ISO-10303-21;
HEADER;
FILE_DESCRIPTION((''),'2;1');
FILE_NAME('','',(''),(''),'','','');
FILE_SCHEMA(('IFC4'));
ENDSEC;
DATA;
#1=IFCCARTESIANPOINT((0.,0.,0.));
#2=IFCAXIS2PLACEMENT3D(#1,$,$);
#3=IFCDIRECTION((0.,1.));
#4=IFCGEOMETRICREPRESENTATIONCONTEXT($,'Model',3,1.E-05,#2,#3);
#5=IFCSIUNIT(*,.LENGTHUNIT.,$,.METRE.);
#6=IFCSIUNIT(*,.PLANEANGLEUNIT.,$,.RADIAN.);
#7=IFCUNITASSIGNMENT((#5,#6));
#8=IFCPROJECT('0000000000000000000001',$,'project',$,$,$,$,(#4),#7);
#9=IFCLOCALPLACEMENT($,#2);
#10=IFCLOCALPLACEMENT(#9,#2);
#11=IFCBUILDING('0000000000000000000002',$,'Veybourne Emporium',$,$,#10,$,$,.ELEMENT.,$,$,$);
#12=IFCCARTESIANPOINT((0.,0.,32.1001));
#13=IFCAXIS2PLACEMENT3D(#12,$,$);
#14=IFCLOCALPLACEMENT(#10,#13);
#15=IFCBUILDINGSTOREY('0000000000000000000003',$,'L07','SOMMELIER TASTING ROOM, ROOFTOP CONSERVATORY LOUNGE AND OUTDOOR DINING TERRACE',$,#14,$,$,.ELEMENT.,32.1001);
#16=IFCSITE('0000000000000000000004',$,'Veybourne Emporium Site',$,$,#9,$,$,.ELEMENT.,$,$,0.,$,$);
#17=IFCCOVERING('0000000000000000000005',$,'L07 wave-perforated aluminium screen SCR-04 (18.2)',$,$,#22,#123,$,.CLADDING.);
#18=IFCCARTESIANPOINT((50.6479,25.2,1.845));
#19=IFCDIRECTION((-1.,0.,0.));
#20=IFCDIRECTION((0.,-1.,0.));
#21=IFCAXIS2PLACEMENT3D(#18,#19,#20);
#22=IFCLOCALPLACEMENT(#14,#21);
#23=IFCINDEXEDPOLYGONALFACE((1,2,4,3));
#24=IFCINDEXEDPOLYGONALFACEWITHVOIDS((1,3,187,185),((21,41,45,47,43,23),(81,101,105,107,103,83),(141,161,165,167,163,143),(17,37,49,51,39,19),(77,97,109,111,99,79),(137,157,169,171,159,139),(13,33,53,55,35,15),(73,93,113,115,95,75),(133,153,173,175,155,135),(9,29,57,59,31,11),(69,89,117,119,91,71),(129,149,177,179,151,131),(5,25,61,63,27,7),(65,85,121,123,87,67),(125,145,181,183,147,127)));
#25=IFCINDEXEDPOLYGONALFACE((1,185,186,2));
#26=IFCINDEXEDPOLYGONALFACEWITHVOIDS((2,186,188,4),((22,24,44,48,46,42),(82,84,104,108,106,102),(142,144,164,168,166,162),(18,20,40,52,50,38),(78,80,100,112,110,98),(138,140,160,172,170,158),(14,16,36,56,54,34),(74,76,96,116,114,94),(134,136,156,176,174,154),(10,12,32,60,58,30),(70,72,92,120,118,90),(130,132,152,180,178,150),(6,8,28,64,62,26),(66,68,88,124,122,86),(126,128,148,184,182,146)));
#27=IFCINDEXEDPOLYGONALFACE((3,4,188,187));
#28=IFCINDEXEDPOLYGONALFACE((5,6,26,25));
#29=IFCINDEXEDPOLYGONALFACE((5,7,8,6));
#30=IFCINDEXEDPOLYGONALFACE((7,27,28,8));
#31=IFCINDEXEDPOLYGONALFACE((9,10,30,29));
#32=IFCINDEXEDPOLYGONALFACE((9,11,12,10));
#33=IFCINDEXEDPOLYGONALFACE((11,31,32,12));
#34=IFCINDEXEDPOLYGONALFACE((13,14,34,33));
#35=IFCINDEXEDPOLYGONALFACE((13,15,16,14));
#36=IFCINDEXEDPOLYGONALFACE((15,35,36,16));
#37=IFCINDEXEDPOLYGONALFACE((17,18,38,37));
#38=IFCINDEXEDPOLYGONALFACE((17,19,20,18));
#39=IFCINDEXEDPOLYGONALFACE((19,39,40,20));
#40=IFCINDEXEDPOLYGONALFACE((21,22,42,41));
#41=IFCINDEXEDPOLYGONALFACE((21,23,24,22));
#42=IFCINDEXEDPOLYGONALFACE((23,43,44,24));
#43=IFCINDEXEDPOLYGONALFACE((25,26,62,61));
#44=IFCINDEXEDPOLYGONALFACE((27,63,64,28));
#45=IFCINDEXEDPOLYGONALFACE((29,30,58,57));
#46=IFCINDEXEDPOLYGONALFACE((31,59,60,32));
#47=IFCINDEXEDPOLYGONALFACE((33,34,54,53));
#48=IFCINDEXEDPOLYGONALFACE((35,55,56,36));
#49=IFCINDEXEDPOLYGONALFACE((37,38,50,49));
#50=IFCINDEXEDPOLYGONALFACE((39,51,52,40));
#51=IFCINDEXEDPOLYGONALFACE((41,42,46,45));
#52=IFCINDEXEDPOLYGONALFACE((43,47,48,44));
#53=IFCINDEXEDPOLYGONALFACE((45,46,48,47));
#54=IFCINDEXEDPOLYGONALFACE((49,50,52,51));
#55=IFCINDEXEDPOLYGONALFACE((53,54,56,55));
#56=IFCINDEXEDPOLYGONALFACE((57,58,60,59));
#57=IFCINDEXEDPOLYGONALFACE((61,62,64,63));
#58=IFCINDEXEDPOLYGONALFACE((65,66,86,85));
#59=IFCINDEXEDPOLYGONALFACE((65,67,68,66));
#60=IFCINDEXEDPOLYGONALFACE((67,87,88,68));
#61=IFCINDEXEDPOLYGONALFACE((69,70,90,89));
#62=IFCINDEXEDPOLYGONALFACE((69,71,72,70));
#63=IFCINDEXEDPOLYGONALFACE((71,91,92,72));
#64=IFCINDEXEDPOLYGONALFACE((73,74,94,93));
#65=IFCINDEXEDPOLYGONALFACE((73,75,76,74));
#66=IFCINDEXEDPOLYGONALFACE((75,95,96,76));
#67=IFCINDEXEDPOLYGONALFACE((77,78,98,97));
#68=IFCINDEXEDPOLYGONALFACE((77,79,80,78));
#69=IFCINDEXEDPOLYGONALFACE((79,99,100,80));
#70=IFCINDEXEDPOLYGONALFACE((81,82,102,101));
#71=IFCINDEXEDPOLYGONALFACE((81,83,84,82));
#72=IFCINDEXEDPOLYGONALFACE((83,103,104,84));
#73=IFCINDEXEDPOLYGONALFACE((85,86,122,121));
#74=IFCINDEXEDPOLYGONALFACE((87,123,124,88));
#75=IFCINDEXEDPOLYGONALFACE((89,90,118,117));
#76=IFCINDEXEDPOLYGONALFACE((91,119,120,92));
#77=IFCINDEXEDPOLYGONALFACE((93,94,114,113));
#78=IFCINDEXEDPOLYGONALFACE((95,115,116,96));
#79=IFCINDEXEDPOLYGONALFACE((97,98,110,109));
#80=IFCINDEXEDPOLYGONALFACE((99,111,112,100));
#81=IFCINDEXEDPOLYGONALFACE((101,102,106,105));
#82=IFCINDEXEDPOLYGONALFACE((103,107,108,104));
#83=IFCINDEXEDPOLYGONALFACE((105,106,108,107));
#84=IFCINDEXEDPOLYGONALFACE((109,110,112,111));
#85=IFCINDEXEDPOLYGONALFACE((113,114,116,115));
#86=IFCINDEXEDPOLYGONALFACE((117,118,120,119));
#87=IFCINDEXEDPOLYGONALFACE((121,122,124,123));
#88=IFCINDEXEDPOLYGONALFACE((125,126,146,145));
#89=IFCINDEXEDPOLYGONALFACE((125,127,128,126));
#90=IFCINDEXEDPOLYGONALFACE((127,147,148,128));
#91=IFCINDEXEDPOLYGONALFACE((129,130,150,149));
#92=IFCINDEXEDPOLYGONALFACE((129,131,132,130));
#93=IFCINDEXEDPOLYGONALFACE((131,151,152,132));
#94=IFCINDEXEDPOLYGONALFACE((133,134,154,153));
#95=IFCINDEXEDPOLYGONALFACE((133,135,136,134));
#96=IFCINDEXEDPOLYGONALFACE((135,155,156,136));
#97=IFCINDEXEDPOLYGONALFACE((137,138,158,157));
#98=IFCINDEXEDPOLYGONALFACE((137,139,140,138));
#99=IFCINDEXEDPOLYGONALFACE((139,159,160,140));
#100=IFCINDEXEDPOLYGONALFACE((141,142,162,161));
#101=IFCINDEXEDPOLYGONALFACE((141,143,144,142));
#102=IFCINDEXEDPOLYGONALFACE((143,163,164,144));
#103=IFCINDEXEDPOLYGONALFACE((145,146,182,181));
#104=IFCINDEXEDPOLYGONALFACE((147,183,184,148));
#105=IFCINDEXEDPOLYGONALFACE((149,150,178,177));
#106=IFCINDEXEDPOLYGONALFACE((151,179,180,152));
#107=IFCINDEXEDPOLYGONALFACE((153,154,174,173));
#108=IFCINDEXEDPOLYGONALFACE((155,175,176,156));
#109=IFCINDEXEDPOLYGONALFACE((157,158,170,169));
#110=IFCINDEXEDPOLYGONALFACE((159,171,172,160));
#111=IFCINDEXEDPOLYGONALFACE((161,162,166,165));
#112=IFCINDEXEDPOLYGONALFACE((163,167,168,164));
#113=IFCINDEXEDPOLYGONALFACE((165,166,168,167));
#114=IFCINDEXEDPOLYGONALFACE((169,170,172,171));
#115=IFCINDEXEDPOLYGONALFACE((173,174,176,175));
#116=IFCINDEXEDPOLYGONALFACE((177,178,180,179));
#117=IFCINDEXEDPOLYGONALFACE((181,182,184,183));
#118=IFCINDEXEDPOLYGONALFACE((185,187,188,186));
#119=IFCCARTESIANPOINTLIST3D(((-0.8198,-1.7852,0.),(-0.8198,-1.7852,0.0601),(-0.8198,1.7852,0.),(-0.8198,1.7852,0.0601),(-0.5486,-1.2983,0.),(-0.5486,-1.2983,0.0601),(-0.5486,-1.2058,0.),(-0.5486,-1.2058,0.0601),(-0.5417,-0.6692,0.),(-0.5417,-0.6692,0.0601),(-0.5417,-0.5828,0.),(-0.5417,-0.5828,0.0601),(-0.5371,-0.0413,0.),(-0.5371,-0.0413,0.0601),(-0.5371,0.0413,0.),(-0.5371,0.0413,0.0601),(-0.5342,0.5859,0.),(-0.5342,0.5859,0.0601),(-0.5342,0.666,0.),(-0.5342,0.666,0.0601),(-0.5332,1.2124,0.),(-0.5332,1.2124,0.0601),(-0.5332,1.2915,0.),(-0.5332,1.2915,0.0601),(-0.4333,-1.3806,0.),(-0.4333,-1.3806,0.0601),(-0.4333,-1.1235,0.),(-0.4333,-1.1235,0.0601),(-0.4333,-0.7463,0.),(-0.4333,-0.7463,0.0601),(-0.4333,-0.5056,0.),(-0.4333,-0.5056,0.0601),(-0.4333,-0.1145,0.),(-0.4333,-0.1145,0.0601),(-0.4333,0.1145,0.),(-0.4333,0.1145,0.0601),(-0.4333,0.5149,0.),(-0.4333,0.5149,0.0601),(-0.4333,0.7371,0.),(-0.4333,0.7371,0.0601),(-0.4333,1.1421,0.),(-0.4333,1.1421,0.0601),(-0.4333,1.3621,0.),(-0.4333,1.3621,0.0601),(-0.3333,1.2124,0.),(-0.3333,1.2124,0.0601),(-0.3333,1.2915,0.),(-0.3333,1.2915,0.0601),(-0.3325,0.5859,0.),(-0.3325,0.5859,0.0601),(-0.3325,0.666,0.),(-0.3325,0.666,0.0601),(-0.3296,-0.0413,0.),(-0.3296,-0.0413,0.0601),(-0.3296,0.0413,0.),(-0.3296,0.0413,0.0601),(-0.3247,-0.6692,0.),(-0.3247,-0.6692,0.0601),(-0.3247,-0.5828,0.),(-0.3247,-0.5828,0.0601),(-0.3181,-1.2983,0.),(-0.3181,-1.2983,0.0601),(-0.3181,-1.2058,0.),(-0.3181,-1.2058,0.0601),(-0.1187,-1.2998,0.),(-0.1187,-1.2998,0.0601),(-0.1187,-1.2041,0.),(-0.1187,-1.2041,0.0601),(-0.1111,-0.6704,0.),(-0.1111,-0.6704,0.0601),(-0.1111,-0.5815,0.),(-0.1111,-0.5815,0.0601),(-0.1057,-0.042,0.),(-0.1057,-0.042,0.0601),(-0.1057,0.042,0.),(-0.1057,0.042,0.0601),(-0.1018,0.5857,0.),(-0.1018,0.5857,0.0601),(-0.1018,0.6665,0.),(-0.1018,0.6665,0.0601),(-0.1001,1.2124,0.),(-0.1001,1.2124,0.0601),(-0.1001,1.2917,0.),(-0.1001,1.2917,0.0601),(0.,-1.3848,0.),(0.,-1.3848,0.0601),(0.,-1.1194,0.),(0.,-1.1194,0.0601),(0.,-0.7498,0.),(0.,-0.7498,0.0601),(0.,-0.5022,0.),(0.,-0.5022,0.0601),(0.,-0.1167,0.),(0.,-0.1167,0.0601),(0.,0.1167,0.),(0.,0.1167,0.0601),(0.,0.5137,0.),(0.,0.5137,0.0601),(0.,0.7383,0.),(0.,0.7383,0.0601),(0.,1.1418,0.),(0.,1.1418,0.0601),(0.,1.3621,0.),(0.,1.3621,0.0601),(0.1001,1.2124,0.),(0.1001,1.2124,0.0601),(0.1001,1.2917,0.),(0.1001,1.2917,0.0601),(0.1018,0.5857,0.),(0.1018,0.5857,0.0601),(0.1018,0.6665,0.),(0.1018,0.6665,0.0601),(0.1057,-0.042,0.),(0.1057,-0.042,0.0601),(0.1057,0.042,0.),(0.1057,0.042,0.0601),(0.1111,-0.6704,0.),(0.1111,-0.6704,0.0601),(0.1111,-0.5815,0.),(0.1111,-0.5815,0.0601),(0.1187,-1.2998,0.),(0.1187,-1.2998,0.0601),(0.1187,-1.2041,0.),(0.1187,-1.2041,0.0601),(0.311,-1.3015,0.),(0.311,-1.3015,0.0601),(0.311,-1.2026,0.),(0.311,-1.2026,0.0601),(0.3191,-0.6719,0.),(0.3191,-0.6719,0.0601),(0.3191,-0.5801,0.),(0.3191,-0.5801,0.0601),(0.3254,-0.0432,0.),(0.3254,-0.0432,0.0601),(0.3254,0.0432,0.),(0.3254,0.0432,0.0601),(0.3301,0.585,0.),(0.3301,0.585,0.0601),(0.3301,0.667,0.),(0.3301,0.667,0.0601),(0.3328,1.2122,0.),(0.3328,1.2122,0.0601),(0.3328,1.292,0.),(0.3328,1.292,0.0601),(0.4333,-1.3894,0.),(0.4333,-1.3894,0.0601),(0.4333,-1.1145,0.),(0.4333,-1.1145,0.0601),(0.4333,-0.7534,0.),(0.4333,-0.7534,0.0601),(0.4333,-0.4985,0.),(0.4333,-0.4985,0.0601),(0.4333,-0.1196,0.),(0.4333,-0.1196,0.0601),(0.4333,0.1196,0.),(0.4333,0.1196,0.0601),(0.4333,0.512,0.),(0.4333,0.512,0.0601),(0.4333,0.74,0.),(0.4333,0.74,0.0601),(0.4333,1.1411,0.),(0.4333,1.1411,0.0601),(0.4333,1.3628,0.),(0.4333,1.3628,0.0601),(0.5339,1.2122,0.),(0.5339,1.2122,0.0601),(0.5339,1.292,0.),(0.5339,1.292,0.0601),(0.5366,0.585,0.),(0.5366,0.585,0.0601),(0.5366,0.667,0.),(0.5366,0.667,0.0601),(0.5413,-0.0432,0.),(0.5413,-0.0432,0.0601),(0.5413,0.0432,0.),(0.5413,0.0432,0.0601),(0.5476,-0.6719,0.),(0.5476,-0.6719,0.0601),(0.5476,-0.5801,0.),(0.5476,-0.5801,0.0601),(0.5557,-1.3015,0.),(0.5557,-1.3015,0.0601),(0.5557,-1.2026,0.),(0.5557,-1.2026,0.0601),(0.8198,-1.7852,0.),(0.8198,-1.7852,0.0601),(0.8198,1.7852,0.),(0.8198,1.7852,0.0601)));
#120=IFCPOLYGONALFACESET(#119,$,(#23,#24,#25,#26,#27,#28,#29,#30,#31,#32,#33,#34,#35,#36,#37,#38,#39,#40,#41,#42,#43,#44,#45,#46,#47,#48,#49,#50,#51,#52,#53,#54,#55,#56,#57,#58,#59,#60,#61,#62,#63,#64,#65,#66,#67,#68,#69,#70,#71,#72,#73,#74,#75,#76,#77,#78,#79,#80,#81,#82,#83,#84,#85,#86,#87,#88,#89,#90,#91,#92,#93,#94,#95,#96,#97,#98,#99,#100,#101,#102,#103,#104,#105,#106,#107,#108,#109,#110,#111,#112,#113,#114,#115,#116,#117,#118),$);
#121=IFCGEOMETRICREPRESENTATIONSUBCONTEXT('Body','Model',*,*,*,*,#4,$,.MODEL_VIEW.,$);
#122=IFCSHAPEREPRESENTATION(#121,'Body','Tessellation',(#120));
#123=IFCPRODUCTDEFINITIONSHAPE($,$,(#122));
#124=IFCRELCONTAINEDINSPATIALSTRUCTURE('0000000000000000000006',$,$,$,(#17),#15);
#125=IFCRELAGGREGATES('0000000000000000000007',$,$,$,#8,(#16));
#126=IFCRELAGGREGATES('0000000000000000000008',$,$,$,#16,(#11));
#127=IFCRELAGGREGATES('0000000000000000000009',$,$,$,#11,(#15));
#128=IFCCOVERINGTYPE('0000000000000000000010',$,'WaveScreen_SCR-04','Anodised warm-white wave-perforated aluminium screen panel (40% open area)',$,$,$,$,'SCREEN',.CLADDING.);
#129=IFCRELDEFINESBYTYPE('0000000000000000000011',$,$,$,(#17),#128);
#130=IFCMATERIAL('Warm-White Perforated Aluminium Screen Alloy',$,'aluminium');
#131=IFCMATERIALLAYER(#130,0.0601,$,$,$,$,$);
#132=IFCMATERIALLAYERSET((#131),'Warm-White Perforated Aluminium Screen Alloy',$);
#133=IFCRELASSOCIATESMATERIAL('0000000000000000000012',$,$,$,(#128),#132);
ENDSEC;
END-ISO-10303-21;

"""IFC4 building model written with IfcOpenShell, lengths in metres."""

from ifc_helpers import new_model, si_unit, direction, frame, origin, place, context, subcontext, project, spatial, polyline, outline, extrude, material, layer, layer_set, type_object, element, save


model = new_model("IFC4")

# Units and contexts
model_context = context("Model", 3, precision=1e-05, world=origin(), true_north=direction((0.0, 1.0)))
body_context = subcontext(model_context, "Body", "Model", "MODEL_VIEW")
ifc_project = project(units=[si_unit("LENGTHUNIT", "METRE"), si_unit("PLANEANGLEUNIT", "RADIAN")], contexts=[model_context])

# Site, building, storey
site_placement = place(None, origin())
site = spatial("IfcSite", under=ifc_project, at=site_placement, Name="Veybourne Emporium Site", CompositionType="ELEMENT", RefElevation=0.0)
building_placement = place(site_placement, origin())
building = spatial("IfcBuilding", under=site, at=building_placement, Name="Veybourne Emporium", CompositionType="ELEMENT")
storey_placement = place(building_placement, frame((0.0, 0.0, 32.1001)))
storey = spatial("IfcBuildingStorey", under=building, at=storey_placement, Name="L07", Description="SOMMELIER TASTING ROOM, ROOFTOP CONSERVATORY LOUNGE AND OUTDOOR DINING TERRACE", CompositionType="ELEMENT", Elevation=32.1001)

# Covering
ifc_material_1 = material(Name="Warm-White Perforated Aluminium Screen Alloy", Category="aluminium")
ifc_layer_1 = layer(ifc_material_1, 0.0601)
ifc_layer_set_1 = layer_set([ifc_layer_1], Name="Warm-White Perforated Aluminium Screen Alloy")
covering_type_1 = type_object("IfcCoveringType", Name="WaveScreen_SCR-04", Description="Anodised warm-white wave-perforated aluminium screen panel (40% open area)", ElementType="SCREEN", PredefinedType="CLADDING", material=ifc_layer_set_1)
covering_1_placement = place(storey_placement, frame((50.6479, 25.2, 1.845), z_axis=(-1.0, 0.0, 0.0), x_axis=(0.0, -1.0, 0.0)))
element("IfcCovering", 1, at=covering_1_placement, inside=storey, type_object=covering_type_1, Name="L07 wave-perforated aluminium screen SCR-04 (18.2)", PredefinedType="CLADDING", context=body_context, shape_type="SweptSolid", body=[
    extrude(outline(polyline([(-0.8198, -1.7852), (0.8198, -1.7852), (0.8198, 1.7852), (-0.8198, 1.7852), (-0.8198, -1.7852)]), holes=[polyline([(-0.4333, -1.1235), (-0.3181, -1.2058), (-0.3181, -1.2983), (-0.4333, -1.3806), (-0.5486, -1.2983), (-0.5486, -1.2058), (-0.4333, -1.1235)]), polyline([(-0.4333, -0.5056), (-0.3247, -0.5828), (-0.3247, -0.6692), (-0.4333, -0.7463), (-0.5417, -0.6692), (-0.5417, -0.5828), (-0.4333, -0.5056)]), polyline([(-0.4333, 0.1145), (-0.3296, 0.0413), (-0.3296, -0.0413), (-0.4333, -0.1145), (-0.5371, -0.0413), (-0.5371, 0.0413), (-0.4333, 0.1145)]), polyline([(-0.4333, 0.7371), (-0.3325, 0.666), (-0.3325, 0.5859), (-0.4333, 0.5149), (-0.5342, 0.5859), (-0.5342, 0.666), (-0.4333, 0.7371)]), polyline([(-0.4333, 1.3621), (-0.3333, 1.2915), (-0.3333, 1.2124), (-0.4333, 1.1421), (-0.5332, 1.2124), (-0.5332, 1.2915), (-0.4333, 1.3621)]), polyline([(0.0, -1.1194), (0.1187, -1.2041), (0.1187, -1.2998), (0.0, -1.3848), (-0.1187, -1.2998), (-0.1187, -1.2041), (0.0, -1.1194)]), polyline([(0.0, -0.5022), (0.1111, -0.5815), (0.1111, -0.6704), (0.0, -0.7498), (-0.1111, -0.6704), (-0.1111, -0.5815), (0.0, -0.5022)]), polyline([(0.0, 0.1167), (0.1057, 0.042), (0.1057, -0.042), (0.0, -0.1167), (-0.1057, -0.042), (-0.1057, 0.042), (0.0, 0.1167)]), polyline([(0.0, 0.7383), (0.1018, 0.6665), (0.1018, 0.5857), (0.0, 0.5137), (-0.1018, 0.5857), (-0.1018, 0.6665), (0.0, 0.7383)]), polyline([(0.0, 1.3621), (0.1001, 1.2917), (0.1001, 1.2124), (0.0, 1.1418), (-0.1001, 1.2124), (-0.1001, 1.2917), (0.0, 1.3621)]), polyline([(0.4333, -1.1145), (0.5557, -1.2026), (0.5557, -1.3015), (0.4333, -1.3894), (0.311, -1.3015), (0.311, -1.2026), (0.4333, -1.1145)]), polyline([(0.4333, -0.4985), (0.5476, -0.5801), (0.5476, -0.6719), (0.4333, -0.7534), (0.3191, -0.6719), (0.3191, -0.5801), (0.4333, -0.4985)]), polyline([(0.4333, 0.1196), (0.5413, 0.0432), (0.5413, -0.0432), (0.4333, -0.1196), (0.3254, -0.0432), (0.3254, 0.0432), (0.4333, 0.1196)]), polyline([(0.4333, 0.74), (0.5366, 0.667), (0.5366, 0.585), (0.4333, 0.512), (0.3301, 0.585), (0.3301, 0.667), (0.4333, 0.74)]), polyline([(0.4333, 1.3628), (0.5339, 1.292), (0.5339, 1.2122), (0.4333, 1.1411), (0.3328, 1.2122), (0.3328, 1.292), (0.4333, 1.3628)])]), origin(), (0.0, 0.0, 1.0), 0.0601),
])

save(model, "model.ifc")
